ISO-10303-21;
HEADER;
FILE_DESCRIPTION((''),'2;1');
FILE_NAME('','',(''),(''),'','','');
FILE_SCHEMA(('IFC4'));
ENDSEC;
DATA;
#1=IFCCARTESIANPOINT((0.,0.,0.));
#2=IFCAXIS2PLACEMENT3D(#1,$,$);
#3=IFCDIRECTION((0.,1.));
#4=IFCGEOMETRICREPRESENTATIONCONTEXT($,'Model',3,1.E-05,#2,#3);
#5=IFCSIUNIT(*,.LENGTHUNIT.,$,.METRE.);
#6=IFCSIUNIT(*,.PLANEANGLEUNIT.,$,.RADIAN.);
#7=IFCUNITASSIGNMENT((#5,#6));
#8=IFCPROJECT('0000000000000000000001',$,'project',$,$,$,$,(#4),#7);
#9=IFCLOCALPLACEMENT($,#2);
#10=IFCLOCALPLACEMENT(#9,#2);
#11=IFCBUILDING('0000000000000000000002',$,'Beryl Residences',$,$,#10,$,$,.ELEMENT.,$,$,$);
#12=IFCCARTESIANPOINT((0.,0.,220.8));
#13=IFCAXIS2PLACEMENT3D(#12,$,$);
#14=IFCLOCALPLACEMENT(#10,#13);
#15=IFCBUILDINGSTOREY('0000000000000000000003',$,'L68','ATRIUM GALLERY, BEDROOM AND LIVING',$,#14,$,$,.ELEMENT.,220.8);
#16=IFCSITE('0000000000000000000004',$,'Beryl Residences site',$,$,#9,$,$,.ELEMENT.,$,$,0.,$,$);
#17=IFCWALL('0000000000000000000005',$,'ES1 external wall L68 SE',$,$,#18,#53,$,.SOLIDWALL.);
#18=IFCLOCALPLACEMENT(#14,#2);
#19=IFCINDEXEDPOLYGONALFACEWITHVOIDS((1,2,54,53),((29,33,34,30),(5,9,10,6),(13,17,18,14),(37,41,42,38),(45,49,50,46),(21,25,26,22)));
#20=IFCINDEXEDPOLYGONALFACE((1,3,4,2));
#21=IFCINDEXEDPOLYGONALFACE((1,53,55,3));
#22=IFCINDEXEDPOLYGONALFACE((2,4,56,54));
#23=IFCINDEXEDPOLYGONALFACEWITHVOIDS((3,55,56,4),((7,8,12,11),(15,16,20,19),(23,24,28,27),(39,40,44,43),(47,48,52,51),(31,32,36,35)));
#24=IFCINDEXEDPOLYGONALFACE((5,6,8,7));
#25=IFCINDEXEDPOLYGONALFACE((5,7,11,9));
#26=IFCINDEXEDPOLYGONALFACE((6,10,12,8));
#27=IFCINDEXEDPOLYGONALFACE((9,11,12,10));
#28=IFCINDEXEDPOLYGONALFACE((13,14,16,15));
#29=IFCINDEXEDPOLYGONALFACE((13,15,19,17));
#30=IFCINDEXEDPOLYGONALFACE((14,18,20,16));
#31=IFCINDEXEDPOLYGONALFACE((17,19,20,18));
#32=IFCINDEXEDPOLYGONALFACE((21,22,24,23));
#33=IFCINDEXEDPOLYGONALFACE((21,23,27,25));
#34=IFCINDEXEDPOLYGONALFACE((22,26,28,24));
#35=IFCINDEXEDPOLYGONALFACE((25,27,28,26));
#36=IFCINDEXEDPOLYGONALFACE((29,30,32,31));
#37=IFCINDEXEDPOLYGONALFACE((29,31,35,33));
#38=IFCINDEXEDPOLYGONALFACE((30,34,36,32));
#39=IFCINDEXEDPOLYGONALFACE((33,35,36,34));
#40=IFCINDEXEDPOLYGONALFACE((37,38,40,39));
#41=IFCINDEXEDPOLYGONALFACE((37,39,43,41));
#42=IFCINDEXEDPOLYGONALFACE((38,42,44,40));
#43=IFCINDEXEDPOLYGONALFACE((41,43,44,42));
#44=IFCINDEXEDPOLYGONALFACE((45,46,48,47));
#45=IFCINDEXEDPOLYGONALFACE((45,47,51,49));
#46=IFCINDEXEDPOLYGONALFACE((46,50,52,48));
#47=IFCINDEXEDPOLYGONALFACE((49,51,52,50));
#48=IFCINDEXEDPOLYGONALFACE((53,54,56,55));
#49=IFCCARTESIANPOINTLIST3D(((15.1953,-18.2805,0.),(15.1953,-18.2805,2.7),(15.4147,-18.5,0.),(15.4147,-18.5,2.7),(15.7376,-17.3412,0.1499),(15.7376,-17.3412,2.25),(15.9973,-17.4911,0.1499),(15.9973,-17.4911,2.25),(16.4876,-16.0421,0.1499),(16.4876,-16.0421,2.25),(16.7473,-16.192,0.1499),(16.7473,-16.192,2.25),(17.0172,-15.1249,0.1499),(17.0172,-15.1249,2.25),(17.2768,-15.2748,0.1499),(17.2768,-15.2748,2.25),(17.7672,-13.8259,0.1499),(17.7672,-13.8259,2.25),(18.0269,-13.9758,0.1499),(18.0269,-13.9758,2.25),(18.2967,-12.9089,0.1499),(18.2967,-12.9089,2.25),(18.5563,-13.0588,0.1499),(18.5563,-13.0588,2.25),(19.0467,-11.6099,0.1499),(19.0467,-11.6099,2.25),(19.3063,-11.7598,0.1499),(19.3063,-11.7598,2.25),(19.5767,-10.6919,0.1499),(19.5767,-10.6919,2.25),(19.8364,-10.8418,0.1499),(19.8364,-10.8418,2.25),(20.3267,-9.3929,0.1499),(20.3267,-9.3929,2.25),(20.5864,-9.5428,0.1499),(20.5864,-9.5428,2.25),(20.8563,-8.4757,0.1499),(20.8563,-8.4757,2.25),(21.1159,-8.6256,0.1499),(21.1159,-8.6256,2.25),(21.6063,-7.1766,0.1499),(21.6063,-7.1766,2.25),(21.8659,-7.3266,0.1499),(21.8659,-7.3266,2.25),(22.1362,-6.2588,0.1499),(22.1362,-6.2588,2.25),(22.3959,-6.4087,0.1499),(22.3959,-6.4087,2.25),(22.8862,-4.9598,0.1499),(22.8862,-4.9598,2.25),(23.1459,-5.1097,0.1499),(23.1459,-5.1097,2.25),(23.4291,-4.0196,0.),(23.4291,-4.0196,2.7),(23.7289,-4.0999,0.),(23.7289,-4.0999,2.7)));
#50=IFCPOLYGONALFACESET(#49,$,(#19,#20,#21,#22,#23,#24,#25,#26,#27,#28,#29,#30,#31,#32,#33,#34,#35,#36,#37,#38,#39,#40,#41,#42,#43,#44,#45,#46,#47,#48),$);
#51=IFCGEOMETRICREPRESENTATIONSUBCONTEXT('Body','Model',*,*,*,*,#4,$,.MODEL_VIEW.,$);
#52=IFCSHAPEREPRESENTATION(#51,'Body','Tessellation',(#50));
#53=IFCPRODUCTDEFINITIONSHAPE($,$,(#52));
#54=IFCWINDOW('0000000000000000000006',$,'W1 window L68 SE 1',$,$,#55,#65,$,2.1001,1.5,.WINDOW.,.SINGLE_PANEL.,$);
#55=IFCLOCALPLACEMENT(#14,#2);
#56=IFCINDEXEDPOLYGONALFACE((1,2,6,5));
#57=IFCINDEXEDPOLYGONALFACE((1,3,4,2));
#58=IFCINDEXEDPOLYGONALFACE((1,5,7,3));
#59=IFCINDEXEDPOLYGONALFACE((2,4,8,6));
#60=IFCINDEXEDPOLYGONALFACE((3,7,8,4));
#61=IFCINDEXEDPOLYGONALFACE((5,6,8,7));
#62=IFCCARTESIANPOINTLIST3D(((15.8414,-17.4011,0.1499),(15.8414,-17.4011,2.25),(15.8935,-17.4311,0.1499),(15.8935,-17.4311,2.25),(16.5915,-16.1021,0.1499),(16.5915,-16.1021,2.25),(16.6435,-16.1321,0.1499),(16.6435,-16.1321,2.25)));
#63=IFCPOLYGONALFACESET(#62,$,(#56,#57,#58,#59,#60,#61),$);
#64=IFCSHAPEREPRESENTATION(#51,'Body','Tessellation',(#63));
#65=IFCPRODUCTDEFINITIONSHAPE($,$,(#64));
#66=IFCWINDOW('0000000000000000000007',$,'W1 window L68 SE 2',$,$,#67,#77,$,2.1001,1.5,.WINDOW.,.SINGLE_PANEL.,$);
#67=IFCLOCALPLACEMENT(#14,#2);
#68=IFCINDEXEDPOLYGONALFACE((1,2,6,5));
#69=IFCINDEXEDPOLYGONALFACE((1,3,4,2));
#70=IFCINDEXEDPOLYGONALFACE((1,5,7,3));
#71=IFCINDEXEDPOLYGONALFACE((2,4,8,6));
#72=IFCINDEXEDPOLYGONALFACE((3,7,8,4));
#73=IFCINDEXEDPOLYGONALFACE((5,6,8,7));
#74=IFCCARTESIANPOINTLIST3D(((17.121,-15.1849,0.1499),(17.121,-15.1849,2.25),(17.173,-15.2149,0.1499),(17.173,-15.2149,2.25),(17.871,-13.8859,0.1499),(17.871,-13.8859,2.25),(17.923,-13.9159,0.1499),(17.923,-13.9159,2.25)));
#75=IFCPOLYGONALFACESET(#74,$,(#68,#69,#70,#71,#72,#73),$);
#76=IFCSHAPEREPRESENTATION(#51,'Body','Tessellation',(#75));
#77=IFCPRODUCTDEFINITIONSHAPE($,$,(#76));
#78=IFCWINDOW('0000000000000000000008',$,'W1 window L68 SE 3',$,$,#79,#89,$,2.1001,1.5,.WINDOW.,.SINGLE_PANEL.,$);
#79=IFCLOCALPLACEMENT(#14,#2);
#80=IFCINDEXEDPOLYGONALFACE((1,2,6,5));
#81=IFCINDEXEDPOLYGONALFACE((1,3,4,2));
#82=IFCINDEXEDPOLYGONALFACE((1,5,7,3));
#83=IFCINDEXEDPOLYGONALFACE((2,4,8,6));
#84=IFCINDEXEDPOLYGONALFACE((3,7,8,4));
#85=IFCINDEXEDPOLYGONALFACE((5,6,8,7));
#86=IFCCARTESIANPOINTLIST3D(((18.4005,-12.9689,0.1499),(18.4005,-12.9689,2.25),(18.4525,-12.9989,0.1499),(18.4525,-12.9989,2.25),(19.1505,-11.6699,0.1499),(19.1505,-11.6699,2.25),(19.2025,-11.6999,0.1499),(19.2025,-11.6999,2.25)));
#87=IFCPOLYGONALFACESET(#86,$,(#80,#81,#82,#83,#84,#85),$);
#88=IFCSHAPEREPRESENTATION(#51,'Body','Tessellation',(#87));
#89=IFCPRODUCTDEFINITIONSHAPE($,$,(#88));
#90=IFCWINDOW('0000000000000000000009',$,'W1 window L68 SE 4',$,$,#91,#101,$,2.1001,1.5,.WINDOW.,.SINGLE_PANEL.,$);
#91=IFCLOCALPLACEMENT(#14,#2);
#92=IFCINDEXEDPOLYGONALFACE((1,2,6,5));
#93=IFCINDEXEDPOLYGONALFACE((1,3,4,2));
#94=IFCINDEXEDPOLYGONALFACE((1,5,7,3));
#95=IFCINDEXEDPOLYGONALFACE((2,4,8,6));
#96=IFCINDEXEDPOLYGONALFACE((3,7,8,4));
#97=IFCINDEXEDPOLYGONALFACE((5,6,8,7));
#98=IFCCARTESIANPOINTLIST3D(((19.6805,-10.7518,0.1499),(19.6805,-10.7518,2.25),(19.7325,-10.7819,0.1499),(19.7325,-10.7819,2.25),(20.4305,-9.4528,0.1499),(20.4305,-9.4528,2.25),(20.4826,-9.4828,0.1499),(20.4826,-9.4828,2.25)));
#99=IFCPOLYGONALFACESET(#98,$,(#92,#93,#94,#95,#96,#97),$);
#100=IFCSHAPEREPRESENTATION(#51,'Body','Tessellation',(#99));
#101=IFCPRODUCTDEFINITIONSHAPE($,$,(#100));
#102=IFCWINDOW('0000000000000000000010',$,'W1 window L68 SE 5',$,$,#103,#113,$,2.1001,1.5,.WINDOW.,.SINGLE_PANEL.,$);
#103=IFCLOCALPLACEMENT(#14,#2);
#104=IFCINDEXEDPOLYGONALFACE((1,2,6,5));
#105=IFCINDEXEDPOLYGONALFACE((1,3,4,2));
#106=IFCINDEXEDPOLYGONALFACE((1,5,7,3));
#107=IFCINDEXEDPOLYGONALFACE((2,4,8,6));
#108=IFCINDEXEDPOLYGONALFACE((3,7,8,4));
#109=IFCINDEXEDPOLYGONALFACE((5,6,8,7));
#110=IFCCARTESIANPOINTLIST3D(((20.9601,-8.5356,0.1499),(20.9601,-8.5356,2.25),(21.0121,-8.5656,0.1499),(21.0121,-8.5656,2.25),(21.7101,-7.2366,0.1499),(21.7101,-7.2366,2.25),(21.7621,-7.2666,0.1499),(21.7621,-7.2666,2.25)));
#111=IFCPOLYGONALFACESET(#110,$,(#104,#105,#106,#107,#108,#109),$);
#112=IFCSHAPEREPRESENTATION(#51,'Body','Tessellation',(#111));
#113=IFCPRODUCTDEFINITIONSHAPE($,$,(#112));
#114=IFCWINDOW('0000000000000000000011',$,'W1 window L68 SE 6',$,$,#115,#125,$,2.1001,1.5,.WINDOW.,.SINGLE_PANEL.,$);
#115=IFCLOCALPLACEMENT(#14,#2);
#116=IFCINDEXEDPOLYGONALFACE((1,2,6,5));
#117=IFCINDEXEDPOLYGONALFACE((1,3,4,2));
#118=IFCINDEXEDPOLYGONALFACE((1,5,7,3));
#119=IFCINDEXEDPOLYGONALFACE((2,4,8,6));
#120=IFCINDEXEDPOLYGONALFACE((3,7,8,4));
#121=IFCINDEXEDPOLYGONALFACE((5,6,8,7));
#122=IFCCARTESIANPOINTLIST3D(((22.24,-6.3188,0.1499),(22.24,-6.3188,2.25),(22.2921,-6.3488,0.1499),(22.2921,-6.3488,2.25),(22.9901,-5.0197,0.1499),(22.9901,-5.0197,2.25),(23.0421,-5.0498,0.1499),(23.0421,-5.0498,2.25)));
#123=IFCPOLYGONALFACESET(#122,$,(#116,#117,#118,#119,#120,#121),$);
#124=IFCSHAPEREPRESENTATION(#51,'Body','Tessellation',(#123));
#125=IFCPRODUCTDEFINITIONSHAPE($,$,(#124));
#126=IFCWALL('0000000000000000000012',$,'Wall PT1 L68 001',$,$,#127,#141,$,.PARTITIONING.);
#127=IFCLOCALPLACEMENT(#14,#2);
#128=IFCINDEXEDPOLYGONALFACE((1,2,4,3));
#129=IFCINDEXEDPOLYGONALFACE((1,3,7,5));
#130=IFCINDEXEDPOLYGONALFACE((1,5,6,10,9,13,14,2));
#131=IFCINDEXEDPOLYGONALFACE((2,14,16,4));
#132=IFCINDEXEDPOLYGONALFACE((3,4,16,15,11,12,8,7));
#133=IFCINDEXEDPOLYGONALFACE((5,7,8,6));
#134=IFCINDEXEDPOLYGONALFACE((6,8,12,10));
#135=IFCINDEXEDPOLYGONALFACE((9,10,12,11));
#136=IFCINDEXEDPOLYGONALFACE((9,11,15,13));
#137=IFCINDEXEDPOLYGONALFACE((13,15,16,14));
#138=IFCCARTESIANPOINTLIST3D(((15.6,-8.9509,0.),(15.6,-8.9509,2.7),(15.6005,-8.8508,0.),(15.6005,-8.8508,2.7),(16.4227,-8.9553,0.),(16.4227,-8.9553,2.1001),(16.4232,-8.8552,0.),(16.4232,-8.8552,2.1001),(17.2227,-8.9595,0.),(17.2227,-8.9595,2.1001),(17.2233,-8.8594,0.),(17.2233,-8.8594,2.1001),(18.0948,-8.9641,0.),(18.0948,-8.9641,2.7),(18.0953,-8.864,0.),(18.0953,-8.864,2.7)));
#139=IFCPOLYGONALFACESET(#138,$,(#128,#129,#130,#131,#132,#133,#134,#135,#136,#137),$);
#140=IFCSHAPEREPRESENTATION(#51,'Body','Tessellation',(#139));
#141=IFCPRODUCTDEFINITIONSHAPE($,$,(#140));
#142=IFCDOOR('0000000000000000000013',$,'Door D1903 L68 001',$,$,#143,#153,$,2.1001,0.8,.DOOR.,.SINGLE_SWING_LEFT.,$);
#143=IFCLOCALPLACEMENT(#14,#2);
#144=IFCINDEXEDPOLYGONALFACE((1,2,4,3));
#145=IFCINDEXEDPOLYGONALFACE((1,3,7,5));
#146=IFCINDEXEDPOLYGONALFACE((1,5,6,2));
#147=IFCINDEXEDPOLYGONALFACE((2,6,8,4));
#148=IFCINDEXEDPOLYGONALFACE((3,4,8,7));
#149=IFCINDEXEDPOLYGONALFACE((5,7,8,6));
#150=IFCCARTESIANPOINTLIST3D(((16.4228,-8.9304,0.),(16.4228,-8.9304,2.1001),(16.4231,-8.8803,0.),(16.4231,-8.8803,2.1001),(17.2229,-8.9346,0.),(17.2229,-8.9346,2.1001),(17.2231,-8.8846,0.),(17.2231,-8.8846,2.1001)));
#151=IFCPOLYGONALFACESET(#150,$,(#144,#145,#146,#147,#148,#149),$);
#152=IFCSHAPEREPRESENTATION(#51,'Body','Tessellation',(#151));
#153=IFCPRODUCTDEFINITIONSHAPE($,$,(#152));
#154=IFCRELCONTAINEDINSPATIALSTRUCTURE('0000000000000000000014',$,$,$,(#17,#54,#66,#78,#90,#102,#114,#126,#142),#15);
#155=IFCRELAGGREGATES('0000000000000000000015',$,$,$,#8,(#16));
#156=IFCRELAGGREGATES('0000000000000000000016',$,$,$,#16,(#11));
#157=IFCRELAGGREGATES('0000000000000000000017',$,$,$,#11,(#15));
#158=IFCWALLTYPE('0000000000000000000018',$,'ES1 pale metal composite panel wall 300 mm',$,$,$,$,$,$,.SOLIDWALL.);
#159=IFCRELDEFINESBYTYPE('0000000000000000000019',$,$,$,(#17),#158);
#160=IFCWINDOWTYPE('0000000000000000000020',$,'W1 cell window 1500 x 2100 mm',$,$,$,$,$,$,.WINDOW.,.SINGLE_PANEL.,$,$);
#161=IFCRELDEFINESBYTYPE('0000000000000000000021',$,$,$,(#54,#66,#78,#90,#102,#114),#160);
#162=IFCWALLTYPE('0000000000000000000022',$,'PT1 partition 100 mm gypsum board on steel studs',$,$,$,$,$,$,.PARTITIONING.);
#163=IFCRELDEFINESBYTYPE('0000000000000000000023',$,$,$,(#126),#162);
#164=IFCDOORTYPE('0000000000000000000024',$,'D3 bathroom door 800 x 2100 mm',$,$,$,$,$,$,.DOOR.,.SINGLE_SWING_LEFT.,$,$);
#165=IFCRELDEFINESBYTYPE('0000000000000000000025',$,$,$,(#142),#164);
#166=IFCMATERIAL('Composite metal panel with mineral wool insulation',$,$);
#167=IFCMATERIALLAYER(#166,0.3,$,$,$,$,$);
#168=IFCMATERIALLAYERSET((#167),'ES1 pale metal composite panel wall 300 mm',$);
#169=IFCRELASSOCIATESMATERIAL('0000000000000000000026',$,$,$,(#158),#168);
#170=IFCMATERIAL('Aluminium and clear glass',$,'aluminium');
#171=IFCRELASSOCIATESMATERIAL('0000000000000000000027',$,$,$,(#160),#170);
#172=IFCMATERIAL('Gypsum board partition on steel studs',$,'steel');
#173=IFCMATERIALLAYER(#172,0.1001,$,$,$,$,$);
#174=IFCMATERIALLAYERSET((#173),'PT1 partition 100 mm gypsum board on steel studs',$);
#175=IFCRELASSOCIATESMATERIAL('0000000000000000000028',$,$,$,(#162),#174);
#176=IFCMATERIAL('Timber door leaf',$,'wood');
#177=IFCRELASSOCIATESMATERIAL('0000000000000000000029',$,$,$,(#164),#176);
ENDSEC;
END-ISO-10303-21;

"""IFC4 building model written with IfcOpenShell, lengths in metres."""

from ifc_helpers import new_model, si_unit, direction, frame, frame_2d, origin, place, context, subcontext, project, spatial, polyline, rectangle, outline, extrude, material, layer, layer_set, type_object, element, fill, save


model = new_model("IFC4")

# Units and contexts
model_context = context("Model", 3, precision=1e-05, world=origin(), true_north=direction((0.0, 1.0)))
body_context = subcontext(model_context, "Body", "Model", "MODEL_VIEW")
ifc_project = project(units=[si_unit("LENGTHUNIT", "METRE"), si_unit("PLANEANGLEUNIT", "RADIAN")], contexts=[model_context])

# Site, building, storey
site_placement = place(None, origin())
site = spatial("IfcSite", under=ifc_project, at=site_placement, Name="Beryl Residences site", CompositionType="ELEMENT", RefElevation=0.0)
building_placement = place(site_placement, origin())
building = spatial("IfcBuilding", under=site, at=building_placement, Name="Beryl Residences", CompositionType="ELEMENT")
storey_placement = place(building_placement, frame((0.0, 0.0, 220.8)))
storey = spatial("IfcBuildingStorey", under=building, at=storey_placement, Name="L68", Description="ATRIUM GALLERY, BEDROOM AND LIVING", CompositionType="ELEMENT", Elevation=220.8)

# Wall, openings, windows
ifc_material_1 = material(Name="Composite metal panel with mineral wool insulation")
ifc_layer_1 = layer(ifc_material_1, 0.3)
ifc_layer_set_1 = layer_set([ifc_layer_1], Name="ES1 pale metal composite panel wall 300 mm")
wall_type_1 = type_object("IfcWallType", Name="ES1 pale metal composite panel wall 300 mm", PredefinedType="SOLIDWALL", material=ifc_layer_set_1)
wall_1_placement = place(storey_placement, frame((15.2849, -18.425, 0.0), z_axis=(0.0, 0.0, 1.0), x_axis=(0.500013, 0.866018, 0.0)))
wall_1 = element("IfcWall", 1, at=wall_1_placement, inside=storey, type_object=wall_type_1, Name="ES1 external wall L68 SE", PredefinedType="SOLIDWALL", context=body_context, shape_type="SweptSolid", body=[
    extrude(outline(polyline([(0.0, -0.1499), (16.6279, -0.1499), (16.5476, 0.1499), (0.0803, 0.1499), (0.0, -0.1499)])), origin(), (0.0, 0.0, 1.0), 2.7),
])
opening_1_placement = place(wall_1_placement, frame((1.165, 0.0, 0.1499)))
opening_1 = element("IfcOpeningElement", 2, at=opening_1_placement, cuts=wall_1, PredefinedType="OPENING", context=body_context, shape_type="SweptSolid", body=[
    extrude(rectangle(XDim=1.5, YDim=2.1001, at=frame_2d((0.75, 1.05))), frame((0.0, 0.1599, 0.0), z_axis=(0.0, -1.0, 0.0), x_axis=(1.0, 0.0, 0.0)), (0.0, 0.0, 1.0), 0.3201),
])
opening_2_placement = place(wall_1_placement, frame((3.7241, 0.0, 0.1499)))
opening_2 = element("IfcOpeningElement", 3, at=opening_2_placement, cuts=wall_1, PredefinedType="OPENING", context=body_context, shape_type="SweptSolid", body=[
    extrude(rectangle(XDim=1.5, YDim=2.1001, at=frame_2d((0.75, 1.05))), frame((0.0, 0.1599, 0.0), z_axis=(0.0, -1.0, 0.0), x_axis=(1.0, 0.0, 0.0)), (0.0, 0.0, 1.0), 0.3201),
])
opening_3_placement = place(wall_1_placement, frame((6.283, 0.0, 0.1499)))
opening_3 = element("IfcOpeningElement", 4, at=opening_3_placement, cuts=wall_1, PredefinedType="OPENING", context=body_context, shape_type="SweptSolid", body=[
    extrude(rectangle(XDim=1.5, YDim=2.1001, at=frame_2d((0.75, 1.05))), frame((0.0, 0.1599, 0.0), z_axis=(0.0, -1.0, 0.0), x_axis=(1.0, 0.0, 0.0)), (0.0, 0.0, 1.0), 0.3201),
])
opening_4_placement = place(wall_1_placement, frame((8.843, 0.0, 0.1499)))
opening_4 = element("IfcOpeningElement", 5, at=opening_4_placement, cuts=wall_1, PredefinedType="OPENING", context=body_context, shape_type="SweptSolid", body=[
    extrude(rectangle(XDim=1.5, YDim=2.1001, at=frame_2d((0.75, 1.05))), frame((0.0, 0.1599, 0.0), z_axis=(0.0, -1.0, 0.0), x_axis=(1.0, 0.0, 0.0)), (0.0, 0.0, 1.0), 0.3201),
])
opening_5_placement = place(wall_1_placement, frame((11.4021, 0.0, 0.1499)))
opening_5 = element("IfcOpeningElement", 6, at=opening_5_placement, cuts=wall_1, PredefinedType="OPENING", context=body_context, shape_type="SweptSolid", body=[
    extrude(rectangle(XDim=1.5, YDim=2.1001, at=frame_2d((0.75, 1.05))), frame((0.0, 0.1599, 0.0), z_axis=(0.0, -1.0, 0.0), x_axis=(1.0, 0.0, 0.0)), (0.0, 0.0, 1.0), 0.3201),
])
opening_6_placement = place(wall_1_placement, frame((13.9619, 0.0, 0.1499)))
opening_6 = element("IfcOpeningElement", 7, at=opening_6_placement, cuts=wall_1, PredefinedType="OPENING", context=body_context, shape_type="SweptSolid", body=[
    extrude(rectangle(XDim=1.5, YDim=2.1001, at=frame_2d((0.75, 1.05))), frame((0.0, 0.1599, 0.0), z_axis=(0.0, -1.0, 0.0), x_axis=(1.0, 0.0, 0.0)), (0.0, 0.0, 1.0), 0.3201),
])
ifc_material_2 = material(Name="Aluminium and clear glass", Category="aluminium")
window_type = type_object("IfcWindowType", Name="W1 cell window 1500 x 2100 mm", PartitioningType="SINGLE_PANEL", PredefinedType="WINDOW", material=ifc_material_2)
window_1_placement = place(opening_1_placement, origin())
window_1 = element("IfcWindow", 8, at=window_1_placement, inside=storey, type_object=window_type, Name="W1 window L68 SE 1", OverallHeight=2.1001, OverallWidth=1.5, PartitioningType="SINGLE_PANEL", PredefinedType="WINDOW", context=body_context, shape_type="SweptSolid", body=[
    extrude(rectangle(XDim=1.5, YDim=2.1001, at=frame_2d((0.75, 1.05))), frame((0.0, 0.03, 0.0), z_axis=(0.0, -1.0, 0.0), x_axis=(1.0, 0.0, 0.0)), (0.0, 0.0, 1.0), 0.0601),
])
fill(opening_1, window_1)
window_2_placement = place(opening_2_placement, origin())
window_2 = element("IfcWindow", 9, at=window_2_placement, inside=storey, type_object=window_type, Name="W1 window L68 SE 2", OverallHeight=2.1001, OverallWidth=1.5, PartitioningType="SINGLE_PANEL", PredefinedType="WINDOW", context=body_context, shape_type="SweptSolid", body=[
    extrude(rectangle(XDim=1.5, YDim=2.1001, at=frame_2d((0.75, 1.05))), frame((0.0, 0.03, 0.0), z_axis=(0.0, -1.0, 0.0), x_axis=(1.0, 0.0, 0.0)), (0.0, 0.0, 1.0), 0.0601),
])
fill(opening_2, window_2)
window_3_placement = place(opening_3_placement, origin())
window_3 = element("IfcWindow", 10, at=window_3_placement, inside=storey, type_object=window_type, Name="W1 window L68 SE 3", OverallHeight=2.1001, OverallWidth=1.5, PartitioningType="SINGLE_PANEL", PredefinedType="WINDOW", context=body_context, shape_type="SweptSolid", body=[
    extrude(rectangle(XDim=1.5, YDim=2.1001, at=frame_2d((0.75, 1.05))), frame((0.0, 0.03, 0.0), z_axis=(0.0, -1.0, 0.0), x_axis=(1.0, 0.0, 0.0)), (0.0, 0.0, 1.0), 0.0601),
])
fill(opening_3, window_3)
window_4_placement = place(opening_4_placement, origin())
window_4 = element("IfcWindow", 11, at=window_4_placement, inside=storey, type_object=window_type, Name="W1 window L68 SE 4", OverallHeight=2.1001, OverallWidth=1.5, PartitioningType="SINGLE_PANEL", PredefinedType="WINDOW", context=body_context, shape_type="SweptSolid", body=[
    extrude(rectangle(XDim=1.5, YDim=2.1001, at=frame_2d((0.75, 1.05))), frame((0.0, 0.03, 0.0), z_axis=(0.0, -1.0, 0.0), x_axis=(1.0, 0.0, 0.0)), (0.0, 0.0, 1.0), 0.0601),
])
fill(opening_4, window_4)
window_5_placement = place(opening_5_placement, origin())
window_5 = element("IfcWindow", 12, at=window_5_placement, inside=storey, type_object=window_type, Name="W1 window L68 SE 5", OverallHeight=2.1001, OverallWidth=1.5, PartitioningType="SINGLE_PANEL", PredefinedType="WINDOW", context=body_context, shape_type="SweptSolid", body=[
    extrude(rectangle(XDim=1.5, YDim=2.1001, at=frame_2d((0.75, 1.05))), frame((0.0, 0.03, 0.0), z_axis=(0.0, -1.0, 0.0), x_axis=(1.0, 0.0, 0.0)), (0.0, 0.0, 1.0), 0.0601),
])
fill(opening_5, window_5)
window_6_placement = place(opening_6_placement, origin())
window_6 = element("IfcWindow", 13, at=window_6_placement, inside=storey, type_object=window_type, Name="W1 window L68 SE 6", OverallHeight=2.1001, OverallWidth=1.5, PartitioningType="SINGLE_PANEL", PredefinedType="WINDOW", context=body_context, shape_type="SweptSolid", body=[
    extrude(rectangle(XDim=1.5, YDim=2.1001, at=frame_2d((0.75, 1.05))), frame((0.0, 0.03, 0.0), z_axis=(0.0, -1.0, 0.0), x_axis=(1.0, 0.0, 0.0)), (0.0, 0.0, 1.0), 0.0601),
])
fill(opening_6, window_6)

# Wall, opening, door
ifc_material_3 = material(Name="Gypsum board partition on steel studs", Category="steel")
ifc_layer_2 = layer(ifc_material_3, 0.1001)
ifc_layer_set_2 = layer_set([ifc_layer_2], Name="PT1 partition 100 mm gypsum board on steel studs")
wall_type_2 = type_object("IfcWallType", Name="PT1 partition 100 mm gypsum board on steel studs", PredefinedType="PARTITIONING", material=ifc_layer_set_2)
wall_2_placement = place(storey_placement, frame((15.6001, -8.9009, 0.0), z_axis=(0.0, 0.0, 1.0), x_axis=(0.999986, -0.005284, 0.0)))
wall_2 = element("IfcWall", 14, at=wall_2_placement, inside=storey, type_object=wall_type_2, Name="Wall PT1 L68 001", PredefinedType="PARTITIONING", context=body_context, shape_type="SweptSolid", body=[
    extrude(rectangle(XDim=2.4949, YDim=0.1001, at=frame_2d((1.2476, 0.0))), origin(), (0.0, 0.0, 1.0), 2.7),
])
opening_7_placement = place(wall_2_placement, frame((0.823, 0.0, 0.0)))
opening_7 = element("IfcOpeningElement", 15, at=opening_7_placement, cuts=wall_2, PredefinedType="OPENING", context=body_context, shape_type="SweptSolid", body=[
    extrude(rectangle(XDim=0.8, YDim=2.1001, at=frame_2d((0.3999, 1.05))), frame((0.0, 0.0601, 0.0), z_axis=(0.0, -1.0, 0.0), x_axis=(1.0, 0.0, 0.0)), (0.0, 0.0, 1.0), 0.1201),
])
ifc_material_4 = material(Name="Timber door leaf", Category="wood")
door_type_1 = type_object("IfcDoorType", Name="D3 bathroom door 800 x 2100 mm", OperationType="SINGLE_SWING_LEFT", PredefinedType="DOOR", material=ifc_material_4)
door_1_placement = place(opening_7_placement, origin())
door_1 = element("IfcDoor", 16, at=door_1_placement, inside=storey, type_object=door_type_1, Name="Door D1903 L68 001", OperationType="SINGLE_SWING_LEFT", OverallHeight=2.1001, OverallWidth=0.8, PredefinedType="DOOR", context=body_context, shape_type="SweptSolid", body=[
    extrude(rectangle(XDim=0.8, YDim=2.1001, at=frame_2d((0.3999, 1.05))), frame((0.0, 0.0249, 0.0), z_axis=(0.0, -1.0, 0.0), x_axis=(1.0, 0.0, 0.0)), (0.0, 0.0, 1.0), 0.05),
])
fill(opening_7, door_1)

save(model, "model.ifc")
